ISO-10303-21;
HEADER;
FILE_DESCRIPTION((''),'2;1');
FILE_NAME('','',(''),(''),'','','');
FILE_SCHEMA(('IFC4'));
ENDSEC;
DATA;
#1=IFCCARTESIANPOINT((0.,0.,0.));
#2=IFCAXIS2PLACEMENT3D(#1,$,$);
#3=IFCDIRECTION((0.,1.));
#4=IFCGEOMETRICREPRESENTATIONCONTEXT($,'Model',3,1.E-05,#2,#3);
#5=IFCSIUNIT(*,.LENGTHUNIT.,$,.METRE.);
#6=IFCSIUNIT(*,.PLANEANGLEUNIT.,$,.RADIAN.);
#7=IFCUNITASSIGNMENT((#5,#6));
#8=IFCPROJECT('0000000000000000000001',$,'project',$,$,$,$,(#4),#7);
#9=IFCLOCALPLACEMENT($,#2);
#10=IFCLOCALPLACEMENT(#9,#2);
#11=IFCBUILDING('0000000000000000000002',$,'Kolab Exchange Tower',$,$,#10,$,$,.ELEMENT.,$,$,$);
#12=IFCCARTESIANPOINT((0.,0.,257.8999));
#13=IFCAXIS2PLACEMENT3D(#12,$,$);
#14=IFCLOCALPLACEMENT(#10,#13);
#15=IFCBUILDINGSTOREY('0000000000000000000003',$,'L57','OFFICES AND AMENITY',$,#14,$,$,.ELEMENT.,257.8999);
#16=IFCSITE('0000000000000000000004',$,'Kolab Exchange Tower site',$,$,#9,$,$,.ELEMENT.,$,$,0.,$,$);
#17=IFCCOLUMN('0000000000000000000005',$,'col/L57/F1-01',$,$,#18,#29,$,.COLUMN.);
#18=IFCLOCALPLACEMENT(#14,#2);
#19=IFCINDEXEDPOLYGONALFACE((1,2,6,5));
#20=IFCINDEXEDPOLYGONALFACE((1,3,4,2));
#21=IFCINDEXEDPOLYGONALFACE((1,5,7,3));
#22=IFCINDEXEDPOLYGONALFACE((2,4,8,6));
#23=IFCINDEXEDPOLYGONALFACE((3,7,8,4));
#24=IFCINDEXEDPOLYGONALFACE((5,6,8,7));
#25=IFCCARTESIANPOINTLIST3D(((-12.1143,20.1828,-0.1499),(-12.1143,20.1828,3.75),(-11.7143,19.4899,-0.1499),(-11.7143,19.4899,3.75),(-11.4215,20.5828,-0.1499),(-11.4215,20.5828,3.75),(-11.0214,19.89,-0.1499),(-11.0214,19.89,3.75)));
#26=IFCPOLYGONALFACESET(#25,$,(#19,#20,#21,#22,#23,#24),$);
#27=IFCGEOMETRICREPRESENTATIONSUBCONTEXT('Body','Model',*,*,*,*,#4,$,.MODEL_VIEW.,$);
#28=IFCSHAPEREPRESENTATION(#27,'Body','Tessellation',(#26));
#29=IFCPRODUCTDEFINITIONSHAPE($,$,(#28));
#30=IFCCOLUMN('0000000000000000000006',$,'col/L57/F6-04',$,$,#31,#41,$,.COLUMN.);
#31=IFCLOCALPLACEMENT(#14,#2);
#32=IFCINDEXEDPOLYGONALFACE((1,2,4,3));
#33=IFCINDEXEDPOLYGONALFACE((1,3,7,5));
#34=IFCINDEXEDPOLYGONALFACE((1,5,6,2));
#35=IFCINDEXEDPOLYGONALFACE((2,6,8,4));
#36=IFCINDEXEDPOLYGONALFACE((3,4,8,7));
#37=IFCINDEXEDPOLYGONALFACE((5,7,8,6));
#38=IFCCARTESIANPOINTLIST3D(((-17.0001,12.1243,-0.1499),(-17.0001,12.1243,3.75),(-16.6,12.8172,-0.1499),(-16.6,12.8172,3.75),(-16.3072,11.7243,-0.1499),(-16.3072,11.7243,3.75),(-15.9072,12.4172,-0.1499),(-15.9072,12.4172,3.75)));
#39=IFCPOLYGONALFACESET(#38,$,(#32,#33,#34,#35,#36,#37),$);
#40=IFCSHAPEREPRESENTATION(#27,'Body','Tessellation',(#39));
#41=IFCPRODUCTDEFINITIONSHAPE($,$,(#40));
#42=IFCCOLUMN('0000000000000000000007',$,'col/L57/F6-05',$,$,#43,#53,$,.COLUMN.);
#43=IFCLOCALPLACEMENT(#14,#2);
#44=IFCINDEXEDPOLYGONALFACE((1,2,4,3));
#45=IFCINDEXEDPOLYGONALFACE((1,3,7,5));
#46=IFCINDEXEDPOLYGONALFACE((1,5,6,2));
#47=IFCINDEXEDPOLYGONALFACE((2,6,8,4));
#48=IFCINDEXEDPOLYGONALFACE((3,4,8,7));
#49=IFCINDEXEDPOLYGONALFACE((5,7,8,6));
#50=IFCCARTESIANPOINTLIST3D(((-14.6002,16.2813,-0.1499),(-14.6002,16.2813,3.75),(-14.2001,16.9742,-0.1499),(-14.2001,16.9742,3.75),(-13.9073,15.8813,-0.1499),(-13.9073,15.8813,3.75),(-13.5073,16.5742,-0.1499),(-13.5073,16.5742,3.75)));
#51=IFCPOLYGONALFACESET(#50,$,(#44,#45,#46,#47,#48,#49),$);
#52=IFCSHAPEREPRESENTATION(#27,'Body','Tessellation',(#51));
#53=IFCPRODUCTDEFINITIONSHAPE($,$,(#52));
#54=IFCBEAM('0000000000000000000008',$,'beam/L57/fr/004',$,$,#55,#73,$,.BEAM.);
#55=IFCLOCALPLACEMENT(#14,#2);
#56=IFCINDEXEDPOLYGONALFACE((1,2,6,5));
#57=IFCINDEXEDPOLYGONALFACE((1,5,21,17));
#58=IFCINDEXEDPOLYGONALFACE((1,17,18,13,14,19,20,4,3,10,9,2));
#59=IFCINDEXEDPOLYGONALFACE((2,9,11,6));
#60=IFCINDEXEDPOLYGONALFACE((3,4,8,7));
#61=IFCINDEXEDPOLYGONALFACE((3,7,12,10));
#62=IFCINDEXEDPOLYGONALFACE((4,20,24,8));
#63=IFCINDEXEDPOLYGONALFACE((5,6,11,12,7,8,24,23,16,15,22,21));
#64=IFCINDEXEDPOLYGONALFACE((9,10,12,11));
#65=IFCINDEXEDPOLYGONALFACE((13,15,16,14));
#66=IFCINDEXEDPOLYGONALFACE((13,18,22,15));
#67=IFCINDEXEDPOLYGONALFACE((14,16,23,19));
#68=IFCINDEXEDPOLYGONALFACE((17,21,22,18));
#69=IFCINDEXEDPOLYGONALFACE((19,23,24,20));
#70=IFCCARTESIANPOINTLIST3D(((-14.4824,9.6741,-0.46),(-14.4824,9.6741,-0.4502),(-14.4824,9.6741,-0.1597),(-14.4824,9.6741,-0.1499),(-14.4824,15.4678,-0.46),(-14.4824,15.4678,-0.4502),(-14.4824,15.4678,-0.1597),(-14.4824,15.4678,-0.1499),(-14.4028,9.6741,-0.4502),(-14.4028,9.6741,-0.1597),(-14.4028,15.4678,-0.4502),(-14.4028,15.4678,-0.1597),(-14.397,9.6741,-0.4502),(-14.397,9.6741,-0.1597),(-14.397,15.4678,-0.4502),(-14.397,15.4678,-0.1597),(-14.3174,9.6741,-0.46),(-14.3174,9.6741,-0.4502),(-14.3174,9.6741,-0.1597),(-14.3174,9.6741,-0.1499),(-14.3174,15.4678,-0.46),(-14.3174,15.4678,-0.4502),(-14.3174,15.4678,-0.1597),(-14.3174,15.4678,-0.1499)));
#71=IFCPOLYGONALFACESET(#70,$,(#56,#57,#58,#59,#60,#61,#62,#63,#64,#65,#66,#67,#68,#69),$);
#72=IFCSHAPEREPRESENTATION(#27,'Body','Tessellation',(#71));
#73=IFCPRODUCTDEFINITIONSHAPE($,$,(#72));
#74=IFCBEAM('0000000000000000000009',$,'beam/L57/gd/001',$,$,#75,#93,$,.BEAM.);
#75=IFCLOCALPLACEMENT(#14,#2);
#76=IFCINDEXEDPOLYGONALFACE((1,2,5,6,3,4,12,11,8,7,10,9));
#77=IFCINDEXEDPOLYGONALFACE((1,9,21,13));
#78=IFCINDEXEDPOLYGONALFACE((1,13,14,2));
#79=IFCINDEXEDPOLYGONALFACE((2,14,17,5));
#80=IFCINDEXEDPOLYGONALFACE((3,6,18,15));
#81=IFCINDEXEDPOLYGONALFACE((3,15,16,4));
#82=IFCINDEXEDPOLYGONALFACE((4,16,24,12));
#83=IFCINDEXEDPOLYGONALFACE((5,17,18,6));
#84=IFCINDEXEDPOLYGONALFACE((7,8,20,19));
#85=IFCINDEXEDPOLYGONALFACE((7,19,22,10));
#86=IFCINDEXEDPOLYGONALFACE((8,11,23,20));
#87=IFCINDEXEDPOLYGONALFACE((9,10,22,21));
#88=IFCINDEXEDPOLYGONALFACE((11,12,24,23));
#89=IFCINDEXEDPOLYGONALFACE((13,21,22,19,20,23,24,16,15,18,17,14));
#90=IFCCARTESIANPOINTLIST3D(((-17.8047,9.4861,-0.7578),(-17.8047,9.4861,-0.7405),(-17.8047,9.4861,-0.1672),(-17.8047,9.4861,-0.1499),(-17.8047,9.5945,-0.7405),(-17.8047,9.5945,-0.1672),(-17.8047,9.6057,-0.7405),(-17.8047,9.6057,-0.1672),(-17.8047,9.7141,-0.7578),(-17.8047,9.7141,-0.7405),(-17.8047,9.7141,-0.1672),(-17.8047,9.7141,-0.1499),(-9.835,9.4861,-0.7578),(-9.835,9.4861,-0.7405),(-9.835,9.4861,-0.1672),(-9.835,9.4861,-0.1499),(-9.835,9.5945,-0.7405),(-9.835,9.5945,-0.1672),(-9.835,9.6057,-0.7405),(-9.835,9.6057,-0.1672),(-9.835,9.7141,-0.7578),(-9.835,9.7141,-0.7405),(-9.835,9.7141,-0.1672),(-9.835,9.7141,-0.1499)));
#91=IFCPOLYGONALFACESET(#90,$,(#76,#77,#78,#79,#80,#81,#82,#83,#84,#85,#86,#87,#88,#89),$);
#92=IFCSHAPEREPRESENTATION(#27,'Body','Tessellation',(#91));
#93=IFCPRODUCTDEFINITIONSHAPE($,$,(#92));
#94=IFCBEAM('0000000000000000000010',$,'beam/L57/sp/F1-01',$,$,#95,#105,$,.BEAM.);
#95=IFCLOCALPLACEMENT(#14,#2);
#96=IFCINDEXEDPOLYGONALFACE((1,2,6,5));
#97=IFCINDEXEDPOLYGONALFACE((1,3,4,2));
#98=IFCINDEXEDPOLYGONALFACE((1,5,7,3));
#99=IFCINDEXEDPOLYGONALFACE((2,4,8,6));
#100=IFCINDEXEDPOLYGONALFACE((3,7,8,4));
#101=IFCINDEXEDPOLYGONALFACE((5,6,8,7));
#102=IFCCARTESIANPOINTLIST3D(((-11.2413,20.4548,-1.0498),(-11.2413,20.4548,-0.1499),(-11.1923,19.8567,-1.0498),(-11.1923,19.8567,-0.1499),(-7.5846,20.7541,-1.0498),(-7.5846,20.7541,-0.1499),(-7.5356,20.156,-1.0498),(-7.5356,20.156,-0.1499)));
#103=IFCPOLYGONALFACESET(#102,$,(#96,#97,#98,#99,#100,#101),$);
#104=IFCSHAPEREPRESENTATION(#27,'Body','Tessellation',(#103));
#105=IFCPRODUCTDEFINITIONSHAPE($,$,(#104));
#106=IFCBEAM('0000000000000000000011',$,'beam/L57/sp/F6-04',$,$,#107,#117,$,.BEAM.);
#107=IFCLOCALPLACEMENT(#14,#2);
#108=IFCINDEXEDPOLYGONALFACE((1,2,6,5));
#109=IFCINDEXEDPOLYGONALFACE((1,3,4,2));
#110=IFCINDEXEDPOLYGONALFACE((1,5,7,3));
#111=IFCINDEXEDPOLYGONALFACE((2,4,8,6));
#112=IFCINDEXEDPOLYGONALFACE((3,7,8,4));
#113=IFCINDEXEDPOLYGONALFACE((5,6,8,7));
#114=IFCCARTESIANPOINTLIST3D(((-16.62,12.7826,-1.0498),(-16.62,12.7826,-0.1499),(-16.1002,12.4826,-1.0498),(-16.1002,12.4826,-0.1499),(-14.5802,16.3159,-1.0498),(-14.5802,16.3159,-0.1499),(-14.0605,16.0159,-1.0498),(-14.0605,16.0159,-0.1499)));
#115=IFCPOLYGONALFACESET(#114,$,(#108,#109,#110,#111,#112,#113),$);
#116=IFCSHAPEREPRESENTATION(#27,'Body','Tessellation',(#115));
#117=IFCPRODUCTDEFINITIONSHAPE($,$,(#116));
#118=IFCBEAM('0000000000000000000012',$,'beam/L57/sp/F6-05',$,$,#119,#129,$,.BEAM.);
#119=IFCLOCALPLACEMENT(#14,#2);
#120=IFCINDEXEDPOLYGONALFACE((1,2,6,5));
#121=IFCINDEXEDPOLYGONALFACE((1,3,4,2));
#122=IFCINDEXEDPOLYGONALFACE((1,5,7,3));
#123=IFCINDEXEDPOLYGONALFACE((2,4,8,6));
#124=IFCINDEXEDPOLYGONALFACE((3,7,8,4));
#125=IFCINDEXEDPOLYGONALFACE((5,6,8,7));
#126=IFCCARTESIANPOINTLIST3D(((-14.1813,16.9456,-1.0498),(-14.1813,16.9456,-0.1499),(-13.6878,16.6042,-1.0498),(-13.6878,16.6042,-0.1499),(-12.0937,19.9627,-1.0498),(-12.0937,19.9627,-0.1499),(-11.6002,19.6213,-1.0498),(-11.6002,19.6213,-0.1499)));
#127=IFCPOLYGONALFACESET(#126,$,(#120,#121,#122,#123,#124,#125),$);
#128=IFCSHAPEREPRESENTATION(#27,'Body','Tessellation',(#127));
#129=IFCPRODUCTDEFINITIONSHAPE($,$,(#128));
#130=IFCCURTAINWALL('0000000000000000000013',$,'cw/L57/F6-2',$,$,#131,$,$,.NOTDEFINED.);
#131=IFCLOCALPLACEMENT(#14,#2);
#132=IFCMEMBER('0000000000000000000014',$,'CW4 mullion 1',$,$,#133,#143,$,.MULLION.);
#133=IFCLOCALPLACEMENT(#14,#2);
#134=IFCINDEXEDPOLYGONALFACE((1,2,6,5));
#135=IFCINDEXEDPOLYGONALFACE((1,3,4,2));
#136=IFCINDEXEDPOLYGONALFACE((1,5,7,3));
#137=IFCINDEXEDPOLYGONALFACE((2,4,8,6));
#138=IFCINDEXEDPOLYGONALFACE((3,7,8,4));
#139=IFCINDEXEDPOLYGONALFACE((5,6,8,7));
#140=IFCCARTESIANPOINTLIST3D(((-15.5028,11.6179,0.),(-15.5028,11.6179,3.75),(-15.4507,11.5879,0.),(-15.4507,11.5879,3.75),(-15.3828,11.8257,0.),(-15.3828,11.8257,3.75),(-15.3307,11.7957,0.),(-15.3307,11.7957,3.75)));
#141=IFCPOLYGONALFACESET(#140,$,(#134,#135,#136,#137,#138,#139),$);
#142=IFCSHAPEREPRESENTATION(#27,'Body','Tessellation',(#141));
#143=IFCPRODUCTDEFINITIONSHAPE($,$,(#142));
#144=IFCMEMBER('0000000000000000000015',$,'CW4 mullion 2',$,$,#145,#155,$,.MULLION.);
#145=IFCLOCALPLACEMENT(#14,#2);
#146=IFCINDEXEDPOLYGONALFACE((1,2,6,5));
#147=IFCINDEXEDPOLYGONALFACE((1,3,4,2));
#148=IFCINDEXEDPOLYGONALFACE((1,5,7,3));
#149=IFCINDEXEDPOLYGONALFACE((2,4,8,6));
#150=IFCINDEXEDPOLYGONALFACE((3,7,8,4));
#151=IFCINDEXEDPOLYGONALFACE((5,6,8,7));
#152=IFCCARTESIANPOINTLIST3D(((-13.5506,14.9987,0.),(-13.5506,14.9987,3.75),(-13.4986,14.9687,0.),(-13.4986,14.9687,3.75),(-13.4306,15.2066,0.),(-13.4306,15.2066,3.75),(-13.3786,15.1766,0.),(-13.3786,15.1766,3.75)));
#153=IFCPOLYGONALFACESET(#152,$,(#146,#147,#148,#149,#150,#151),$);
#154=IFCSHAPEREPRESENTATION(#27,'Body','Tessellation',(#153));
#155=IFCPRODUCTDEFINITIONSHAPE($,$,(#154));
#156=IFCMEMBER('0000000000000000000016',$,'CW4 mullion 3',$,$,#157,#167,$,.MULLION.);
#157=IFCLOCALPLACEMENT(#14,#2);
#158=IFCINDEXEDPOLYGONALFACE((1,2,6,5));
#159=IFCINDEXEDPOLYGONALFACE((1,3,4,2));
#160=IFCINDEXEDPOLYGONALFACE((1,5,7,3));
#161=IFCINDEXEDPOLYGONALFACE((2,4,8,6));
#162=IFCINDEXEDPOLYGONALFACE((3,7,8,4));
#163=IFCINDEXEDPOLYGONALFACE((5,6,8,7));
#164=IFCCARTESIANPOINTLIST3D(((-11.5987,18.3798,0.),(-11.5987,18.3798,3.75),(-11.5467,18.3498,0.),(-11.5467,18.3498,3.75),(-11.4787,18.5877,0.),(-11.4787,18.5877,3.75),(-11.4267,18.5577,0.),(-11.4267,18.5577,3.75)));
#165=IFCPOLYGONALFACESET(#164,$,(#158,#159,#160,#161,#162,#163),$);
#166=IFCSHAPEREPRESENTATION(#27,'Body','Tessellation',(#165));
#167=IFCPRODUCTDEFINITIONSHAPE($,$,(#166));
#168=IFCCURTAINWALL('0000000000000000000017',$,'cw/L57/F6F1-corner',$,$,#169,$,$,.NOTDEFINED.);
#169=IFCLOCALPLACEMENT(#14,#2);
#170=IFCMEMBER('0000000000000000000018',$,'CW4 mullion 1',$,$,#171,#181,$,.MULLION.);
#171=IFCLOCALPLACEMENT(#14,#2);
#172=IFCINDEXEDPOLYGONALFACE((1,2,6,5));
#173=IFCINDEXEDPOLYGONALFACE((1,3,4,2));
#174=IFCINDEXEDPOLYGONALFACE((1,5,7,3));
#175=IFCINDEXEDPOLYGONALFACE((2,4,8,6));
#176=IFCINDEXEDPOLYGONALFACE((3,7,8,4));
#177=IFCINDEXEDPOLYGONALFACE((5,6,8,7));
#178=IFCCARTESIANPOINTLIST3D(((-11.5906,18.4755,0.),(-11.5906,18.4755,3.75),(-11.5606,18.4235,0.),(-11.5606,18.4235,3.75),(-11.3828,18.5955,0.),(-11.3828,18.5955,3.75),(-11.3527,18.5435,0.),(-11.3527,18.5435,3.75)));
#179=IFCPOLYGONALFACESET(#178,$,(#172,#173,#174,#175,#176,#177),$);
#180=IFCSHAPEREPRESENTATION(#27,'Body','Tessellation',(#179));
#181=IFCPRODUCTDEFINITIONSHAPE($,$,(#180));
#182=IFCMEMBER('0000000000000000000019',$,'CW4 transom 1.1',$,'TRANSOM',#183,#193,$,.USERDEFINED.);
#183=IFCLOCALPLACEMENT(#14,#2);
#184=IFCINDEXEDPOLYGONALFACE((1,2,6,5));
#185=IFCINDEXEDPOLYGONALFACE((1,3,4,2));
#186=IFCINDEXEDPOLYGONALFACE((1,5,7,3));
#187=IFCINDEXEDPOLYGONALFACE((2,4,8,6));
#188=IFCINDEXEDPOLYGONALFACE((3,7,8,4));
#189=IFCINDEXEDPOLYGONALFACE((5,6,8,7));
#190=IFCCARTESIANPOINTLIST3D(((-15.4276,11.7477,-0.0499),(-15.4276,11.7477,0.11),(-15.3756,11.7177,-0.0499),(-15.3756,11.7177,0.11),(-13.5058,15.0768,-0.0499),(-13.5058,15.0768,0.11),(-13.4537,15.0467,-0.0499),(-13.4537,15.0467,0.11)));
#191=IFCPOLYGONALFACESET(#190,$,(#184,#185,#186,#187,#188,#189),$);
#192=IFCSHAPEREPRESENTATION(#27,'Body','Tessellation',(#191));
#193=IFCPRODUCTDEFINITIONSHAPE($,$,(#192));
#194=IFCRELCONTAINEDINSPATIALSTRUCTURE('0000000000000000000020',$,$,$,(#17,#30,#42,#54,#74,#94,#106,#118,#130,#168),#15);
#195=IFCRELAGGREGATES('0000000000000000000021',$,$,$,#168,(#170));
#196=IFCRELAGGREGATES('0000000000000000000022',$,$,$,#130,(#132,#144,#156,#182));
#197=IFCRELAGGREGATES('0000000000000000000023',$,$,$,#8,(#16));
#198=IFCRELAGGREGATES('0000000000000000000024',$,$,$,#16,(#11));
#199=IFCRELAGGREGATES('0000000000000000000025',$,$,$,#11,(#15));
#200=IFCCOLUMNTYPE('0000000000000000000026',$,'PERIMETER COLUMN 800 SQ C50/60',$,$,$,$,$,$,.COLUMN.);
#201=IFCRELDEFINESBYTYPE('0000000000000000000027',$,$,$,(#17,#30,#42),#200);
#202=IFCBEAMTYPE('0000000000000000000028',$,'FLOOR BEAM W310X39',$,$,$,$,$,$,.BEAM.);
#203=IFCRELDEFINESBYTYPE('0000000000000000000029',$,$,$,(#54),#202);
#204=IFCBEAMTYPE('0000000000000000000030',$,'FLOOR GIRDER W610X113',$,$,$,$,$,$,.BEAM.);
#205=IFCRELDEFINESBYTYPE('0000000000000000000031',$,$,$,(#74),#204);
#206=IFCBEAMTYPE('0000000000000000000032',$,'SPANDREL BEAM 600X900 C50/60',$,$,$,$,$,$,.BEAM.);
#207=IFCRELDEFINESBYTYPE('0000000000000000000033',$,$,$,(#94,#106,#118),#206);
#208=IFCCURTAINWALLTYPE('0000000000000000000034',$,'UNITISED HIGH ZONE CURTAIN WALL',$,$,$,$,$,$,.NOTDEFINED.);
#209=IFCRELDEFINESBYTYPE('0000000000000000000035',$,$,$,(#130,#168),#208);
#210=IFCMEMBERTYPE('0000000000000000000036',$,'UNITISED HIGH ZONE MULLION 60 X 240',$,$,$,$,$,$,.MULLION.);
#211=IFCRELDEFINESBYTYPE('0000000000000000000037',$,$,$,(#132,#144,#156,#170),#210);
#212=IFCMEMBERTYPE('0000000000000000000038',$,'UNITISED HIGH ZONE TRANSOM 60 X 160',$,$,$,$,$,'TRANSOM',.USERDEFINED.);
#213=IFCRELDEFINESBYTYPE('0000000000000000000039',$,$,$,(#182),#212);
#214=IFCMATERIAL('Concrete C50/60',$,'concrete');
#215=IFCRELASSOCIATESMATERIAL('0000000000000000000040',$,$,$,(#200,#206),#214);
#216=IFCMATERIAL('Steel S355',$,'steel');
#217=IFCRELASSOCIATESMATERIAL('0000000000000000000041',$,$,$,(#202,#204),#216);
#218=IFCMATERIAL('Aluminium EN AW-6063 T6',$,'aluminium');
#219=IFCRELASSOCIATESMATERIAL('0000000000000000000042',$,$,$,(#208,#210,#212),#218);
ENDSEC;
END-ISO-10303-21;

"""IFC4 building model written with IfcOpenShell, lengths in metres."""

from ifc_helpers import new_model, si_unit, direction, frame, origin, origin_2d, place, context, subcontext, project, spatial, rectangle, i_section, extrude, material, material_profile, profile_set, type_object, element, aggregate, save


model = new_model("IFC4")

# Units and contexts
model_context = context("Model", 3, precision=1e-05, world=origin(), true_north=direction((0.0, 1.0)))
body_context = subcontext(model_context, "Body", "Model", "MODEL_VIEW")
ifc_project = project(units=[si_unit("LENGTHUNIT", "METRE"), si_unit("PLANEANGLEUNIT", "RADIAN")], contexts=[model_context])

# Site, building, storey
site_placement = place(None, origin())
site = spatial("IfcSite", under=ifc_project, at=site_placement, Name="Kolab Exchange Tower site", CompositionType="ELEMENT", RefElevation=0.0)
building_placement = place(site_placement, origin())
building = spatial("IfcBuilding", under=site, at=building_placement, Name="Kolab Exchange Tower", CompositionType="ELEMENT")
storey_placement = place(building_placement, frame((0.0, 0.0, 257.8999)))
storey = spatial("IfcBuildingStorey", under=building, at=storey_placement, Name="L57", Description="OFFICES AND AMENITY", CompositionType="ELEMENT", Elevation=257.8999)

# Columns
ifc_material_1 = material(Name="Concrete C50/60", Category="concrete")
ifc_material_profile_1 = material_profile(ifc_material_1, rectangle(XDim=0.8, YDim=0.8, at=origin_2d()), Name="RC800")
ifc_profile_set_1 = profile_set([ifc_material_profile_1], Name="Concrete C50/60")
column_type = type_object("IfcColumnType", Name="PERIMETER COLUMN 800 SQ C50/60", PredefinedType="COLUMN", material=ifc_profile_set_1)
for number, where, z_axis, x_axis, name in (
    (1, (-11.5679, 20.0364, -0.1499), (0.0, 0.0, 1.0), (0.866025, 0.5, 0.0), "col/L57/F1-01"),
    (2, (-16.4536, 12.2708, -0.1499), (0.0, 0.0, 1.0), (0.5, 0.866025, 0.0), "col/L57/F6-04"),
    (3, (-14.0537, 16.4277, -0.1499), (0.0, 0.0, 1.0), (0.5, 0.866025, 0.0), "col/L57/F6-05"),
):
    element("IfcColumn", number, at=place(storey_placement, frame(where, z_axis=z_axis, x_axis=x_axis)), inside=storey, type_object=column_type, Name=name, PredefinedType="COLUMN", context=body_context, shape_type="SweptSolid", body=[
        extrude(rectangle(XDim=0.8, YDim=0.8, at=origin_2d()), origin(), (0.0, 0.0, 1.0), 3.8999),
    ])

# Beams
ifc_material_2 = material(Name="Steel S355", Category="steel")
ifc_material_profile_2 = material_profile(ifc_material_2, i_section(OverallWidth=0.165, OverallDepth=0.3101, WebThickness=0.0059, FlangeThickness=0.0098, at=origin_2d()), Name="W310X39")
ifc_profile_set_2 = profile_set([ifc_material_profile_2], Name="Steel S355")
beam_type_1 = type_object("IfcBeamType", Name="FLOOR BEAM W310X39", PredefinedType="BEAM", material=ifc_profile_set_2)
beam_1_placement = place(storey_placement, frame((-14.3999, 9.6741, -0.3049), z_axis=(0.0, 1.0, 0.0), x_axis=(-1.0, 0.0, 0.0)))
element("IfcBeam", 4, at=beam_1_placement, inside=storey, type_object=beam_type_1, Name="beam/L57/fr/004", PredefinedType="BEAM", context=body_context, shape_type="SweptSolid", body=[
    extrude(i_section(OverallWidth=0.165, OverallDepth=0.3101, WebThickness=0.0059, FlangeThickness=0.0098, at=origin_2d()), origin(), (0.0, 0.0, 1.0), 5.7937),
])
ifc_material_profile_3 = material_profile(ifc_material_2, i_section(OverallWidth=0.228, OverallDepth=0.6079, WebThickness=0.0112, FlangeThickness=0.0173, at=origin_2d()), Name="W610X113")
ifc_profile_set_3 = profile_set([ifc_material_profile_3], Name="Steel S355")
beam_type_2 = type_object("IfcBeamType", Name="FLOOR GIRDER W610X113", PredefinedType="BEAM", material=ifc_profile_set_3)
beam_2_placement = place(storey_placement, frame((-17.8047, 9.6001, -0.4539), z_axis=(1.0, 0.0, 0.0), x_axis=(0.0, 1.0, 0.0)))
element("IfcBeam", 5, at=beam_2_placement, inside=storey, type_object=beam_type_2, Name="beam/L57/gd/001", PredefinedType="BEAM", context=body_context, shape_type="SweptSolid", body=[
    extrude(i_section(OverallWidth=0.228, OverallDepth=0.6079, WebThickness=0.0112, FlangeThickness=0.0173, at=origin_2d()), origin(), (0.0, 0.0, 1.0), 7.9697),
])
ifc_material_profile_4 = material_profile(ifc_material_1, rectangle(XDim=0.6001, YDim=0.8999, at=origin_2d()), Name="RC600X900")
ifc_profile_set_4 = profile_set([ifc_material_profile_4], Name="Concrete C50/60")
beam_type_3 = type_object("IfcBeamType", Name="SPANDREL BEAM 600X900 C50/60", PredefinedType="BEAM", material=ifc_profile_set_4)
beam_3_placement = place(storey_placement, frame((-11.2168, 20.1558, -0.5999), z_axis=(0.996667, 0.081581, 0.0), x_axis=(-0.081581, 0.996667, 0.0)))
element("IfcBeam", 6, at=beam_3_placement, inside=storey, type_object=beam_type_3, Name="beam/L57/sp/F1-01", PredefinedType="BEAM", context=body_context, shape_type="SweptSolid", body=[
    extrude(rectangle(XDim=0.6001, YDim=0.8999, at=origin_2d()), origin(), (0.0, 0.0, 1.0), 3.6689),
])
beam_4_placement = place(storey_placement, frame((-16.3601, 12.6326, -0.5999), z_axis=(0.499956, 0.866051, 0.0), x_axis=(-0.866051, 0.499956, 0.0)))
element("IfcBeam", 7, at=beam_4_placement, inside=storey, type_object=beam_type_3, Name="beam/L57/sp/F6-04", PredefinedType="BEAM", context=body_context, shape_type="SweptSolid", body=[
    extrude(rectangle(XDim=0.6001, YDim=0.8999, at=origin_2d()), origin(), (0.0, 0.0, 1.0), 4.0798),
])
beam_5_placement = place(storey_placement, frame((-13.9346, 16.7749, -0.5999), z_axis=(0.569006, 0.822334, 0.0), x_axis=(-0.822334, 0.569006, 0.0)))
element("IfcBeam", 8, at=beam_5_placement, inside=storey, type_object=beam_type_3, Name="beam/L57/sp/F6-05", PredefinedType="BEAM", context=body_context, shape_type="SweptSolid", body=[
    extrude(rectangle(XDim=0.6001, YDim=0.8999, at=origin_2d()), origin(), (0.0, 0.0, 1.0), 3.6689),
])

# Curtain wall, members
ifc_material_3 = material(Name="Aluminium EN AW-6063 T6", Category="aluminium")
curtain_wall_type = type_object("IfcCurtainWallType", Name="UNITISED HIGH ZONE CURTAIN WALL", PredefinedType="NOTDEFINED", material=ifc_material_3)
curtain_wall_1_placement = place(storey_placement, origin())
curtain_wall_1 = element("IfcCurtainWall", 9, at=curtain_wall_1_placement, inside=storey, type_object=curtain_wall_type, Name="cw/L57/F6-2", PredefinedType="NOTDEFINED")
ifc_material_profile_5 = material_profile(ifc_material_3, rectangle(XDim=0.0601, YDim=0.24, at=origin_2d()), Name="RECT 60X240")
ifc_profile_set_5 = profile_set([ifc_material_profile_5], Name="Aluminium EN AW-6063 T6")
member_type_1 = type_object("IfcMemberType", Name="UNITISED HIGH ZONE MULLION 60 X 240", PredefinedType="MULLION", material=ifc_profile_set_5)
member_1_placement = place(storey_placement, frame((-15.4167, 11.7068, 0.0), z_axis=(0.0, 0.0, 1.0), x_axis=(-0.866025, 0.5, 0.0)))
member_1 = element("IfcMember", 10, at=member_1_placement, type_object=member_type_1, Name="CW4 mullion 1", PredefinedType="MULLION", context=body_context, shape_type="SweptSolid", body=[
    extrude(rectangle(XDim=0.0601, YDim=0.24, at=origin_2d()), origin(), (0.0, 0.0, 1.0), 3.75),
])
member_2_placement = place(storey_placement, frame((-13.4646, 15.0876, 0.0), z_axis=(0.0, 0.0, 1.0), x_axis=(-0.866025, 0.5, 0.0)))
member_2 = element("IfcMember", 11, at=member_2_placement, type_object=member_type_1, Name="CW4 mullion 2", PredefinedType="MULLION", context=body_context, shape_type="SweptSolid", body=[
    extrude(rectangle(XDim=0.0601, YDim=0.24, at=origin_2d()), origin(), (0.0, 0.0, 1.0), 3.75),
])
member_3_placement = place(storey_placement, frame((-11.5127, 18.4688, 0.0), z_axis=(0.0, 0.0, 1.0), x_axis=(-0.866025, 0.5, 0.0)))
member_3 = element("IfcMember", 12, at=member_3_placement, type_object=member_type_1, Name="CW4 mullion 3", PredefinedType="MULLION", context=body_context, shape_type="SweptSolid", body=[
    extrude(rectangle(XDim=0.0601, YDim=0.24, at=origin_2d()), origin(), (0.0, 0.0, 1.0), 3.75),
])

# Curtain wall, member
curtain_wall_2_placement = place(storey_placement, origin())
curtain_wall_2 = element("IfcCurtainWall", 13, at=curtain_wall_2_placement, inside=storey, type_object=curtain_wall_type, Name="cw/L57/F6F1-corner", PredefinedType="NOTDEFINED")
member_4_placement = place(storey_placement, frame((-11.4717, 18.5095, 0.0), z_axis=(0.0, 0.0, 1.0), x_axis=(-0.5, 0.866025, 0.0)))
member_4 = element("IfcMember", 14, at=member_4_placement, type_object=member_type_1, Name="CW4 mullion 1", PredefinedType="MULLION", context=body_context, shape_type="SweptSolid", body=[
    extrude(rectangle(XDim=0.0601, YDim=0.24, at=origin_2d()), origin(), (0.0, 0.0, 1.0), 3.75),
])

# Member
ifc_material_profile_6 = material_profile(ifc_material_3, rectangle(XDim=0.0601, YDim=0.1599, at=origin_2d()), Name="RECT 60X160")
ifc_profile_set_6 = profile_set([ifc_material_profile_6], Name="Aluminium EN AW-6063 T6")
member_type_2 = type_object("IfcMemberType", Name="UNITISED HIGH ZONE TRANSOM 60 X 160", ElementType="TRANSOM", PredefinedType="USERDEFINED", material=ifc_profile_set_6)
member_5_placement = place(storey_placement, frame((-15.4016, 11.7327, 0.03), z_axis=(0.499964, 0.866046, 0.0), x_axis=(-0.866046, 0.499964, 0.0)))
member_5 = element("IfcMember", 15, at=member_5_placement, type_object=member_type_2, Name="CW4 transom 1.1", ObjectType="TRANSOM", PredefinedType="USERDEFINED", context=body_context, shape_type="SweptSolid", body=[
    extrude(rectangle(XDim=0.0601, YDim=0.1599, at=origin_2d()), origin(), (0.0, 0.0, 1.0), 3.844),
])
aggregate(curtain_wall_2, [member_4])

aggregate(curtain_wall_1, [member_1, member_2, member_3, member_5])

save(model, "model.ifc")
